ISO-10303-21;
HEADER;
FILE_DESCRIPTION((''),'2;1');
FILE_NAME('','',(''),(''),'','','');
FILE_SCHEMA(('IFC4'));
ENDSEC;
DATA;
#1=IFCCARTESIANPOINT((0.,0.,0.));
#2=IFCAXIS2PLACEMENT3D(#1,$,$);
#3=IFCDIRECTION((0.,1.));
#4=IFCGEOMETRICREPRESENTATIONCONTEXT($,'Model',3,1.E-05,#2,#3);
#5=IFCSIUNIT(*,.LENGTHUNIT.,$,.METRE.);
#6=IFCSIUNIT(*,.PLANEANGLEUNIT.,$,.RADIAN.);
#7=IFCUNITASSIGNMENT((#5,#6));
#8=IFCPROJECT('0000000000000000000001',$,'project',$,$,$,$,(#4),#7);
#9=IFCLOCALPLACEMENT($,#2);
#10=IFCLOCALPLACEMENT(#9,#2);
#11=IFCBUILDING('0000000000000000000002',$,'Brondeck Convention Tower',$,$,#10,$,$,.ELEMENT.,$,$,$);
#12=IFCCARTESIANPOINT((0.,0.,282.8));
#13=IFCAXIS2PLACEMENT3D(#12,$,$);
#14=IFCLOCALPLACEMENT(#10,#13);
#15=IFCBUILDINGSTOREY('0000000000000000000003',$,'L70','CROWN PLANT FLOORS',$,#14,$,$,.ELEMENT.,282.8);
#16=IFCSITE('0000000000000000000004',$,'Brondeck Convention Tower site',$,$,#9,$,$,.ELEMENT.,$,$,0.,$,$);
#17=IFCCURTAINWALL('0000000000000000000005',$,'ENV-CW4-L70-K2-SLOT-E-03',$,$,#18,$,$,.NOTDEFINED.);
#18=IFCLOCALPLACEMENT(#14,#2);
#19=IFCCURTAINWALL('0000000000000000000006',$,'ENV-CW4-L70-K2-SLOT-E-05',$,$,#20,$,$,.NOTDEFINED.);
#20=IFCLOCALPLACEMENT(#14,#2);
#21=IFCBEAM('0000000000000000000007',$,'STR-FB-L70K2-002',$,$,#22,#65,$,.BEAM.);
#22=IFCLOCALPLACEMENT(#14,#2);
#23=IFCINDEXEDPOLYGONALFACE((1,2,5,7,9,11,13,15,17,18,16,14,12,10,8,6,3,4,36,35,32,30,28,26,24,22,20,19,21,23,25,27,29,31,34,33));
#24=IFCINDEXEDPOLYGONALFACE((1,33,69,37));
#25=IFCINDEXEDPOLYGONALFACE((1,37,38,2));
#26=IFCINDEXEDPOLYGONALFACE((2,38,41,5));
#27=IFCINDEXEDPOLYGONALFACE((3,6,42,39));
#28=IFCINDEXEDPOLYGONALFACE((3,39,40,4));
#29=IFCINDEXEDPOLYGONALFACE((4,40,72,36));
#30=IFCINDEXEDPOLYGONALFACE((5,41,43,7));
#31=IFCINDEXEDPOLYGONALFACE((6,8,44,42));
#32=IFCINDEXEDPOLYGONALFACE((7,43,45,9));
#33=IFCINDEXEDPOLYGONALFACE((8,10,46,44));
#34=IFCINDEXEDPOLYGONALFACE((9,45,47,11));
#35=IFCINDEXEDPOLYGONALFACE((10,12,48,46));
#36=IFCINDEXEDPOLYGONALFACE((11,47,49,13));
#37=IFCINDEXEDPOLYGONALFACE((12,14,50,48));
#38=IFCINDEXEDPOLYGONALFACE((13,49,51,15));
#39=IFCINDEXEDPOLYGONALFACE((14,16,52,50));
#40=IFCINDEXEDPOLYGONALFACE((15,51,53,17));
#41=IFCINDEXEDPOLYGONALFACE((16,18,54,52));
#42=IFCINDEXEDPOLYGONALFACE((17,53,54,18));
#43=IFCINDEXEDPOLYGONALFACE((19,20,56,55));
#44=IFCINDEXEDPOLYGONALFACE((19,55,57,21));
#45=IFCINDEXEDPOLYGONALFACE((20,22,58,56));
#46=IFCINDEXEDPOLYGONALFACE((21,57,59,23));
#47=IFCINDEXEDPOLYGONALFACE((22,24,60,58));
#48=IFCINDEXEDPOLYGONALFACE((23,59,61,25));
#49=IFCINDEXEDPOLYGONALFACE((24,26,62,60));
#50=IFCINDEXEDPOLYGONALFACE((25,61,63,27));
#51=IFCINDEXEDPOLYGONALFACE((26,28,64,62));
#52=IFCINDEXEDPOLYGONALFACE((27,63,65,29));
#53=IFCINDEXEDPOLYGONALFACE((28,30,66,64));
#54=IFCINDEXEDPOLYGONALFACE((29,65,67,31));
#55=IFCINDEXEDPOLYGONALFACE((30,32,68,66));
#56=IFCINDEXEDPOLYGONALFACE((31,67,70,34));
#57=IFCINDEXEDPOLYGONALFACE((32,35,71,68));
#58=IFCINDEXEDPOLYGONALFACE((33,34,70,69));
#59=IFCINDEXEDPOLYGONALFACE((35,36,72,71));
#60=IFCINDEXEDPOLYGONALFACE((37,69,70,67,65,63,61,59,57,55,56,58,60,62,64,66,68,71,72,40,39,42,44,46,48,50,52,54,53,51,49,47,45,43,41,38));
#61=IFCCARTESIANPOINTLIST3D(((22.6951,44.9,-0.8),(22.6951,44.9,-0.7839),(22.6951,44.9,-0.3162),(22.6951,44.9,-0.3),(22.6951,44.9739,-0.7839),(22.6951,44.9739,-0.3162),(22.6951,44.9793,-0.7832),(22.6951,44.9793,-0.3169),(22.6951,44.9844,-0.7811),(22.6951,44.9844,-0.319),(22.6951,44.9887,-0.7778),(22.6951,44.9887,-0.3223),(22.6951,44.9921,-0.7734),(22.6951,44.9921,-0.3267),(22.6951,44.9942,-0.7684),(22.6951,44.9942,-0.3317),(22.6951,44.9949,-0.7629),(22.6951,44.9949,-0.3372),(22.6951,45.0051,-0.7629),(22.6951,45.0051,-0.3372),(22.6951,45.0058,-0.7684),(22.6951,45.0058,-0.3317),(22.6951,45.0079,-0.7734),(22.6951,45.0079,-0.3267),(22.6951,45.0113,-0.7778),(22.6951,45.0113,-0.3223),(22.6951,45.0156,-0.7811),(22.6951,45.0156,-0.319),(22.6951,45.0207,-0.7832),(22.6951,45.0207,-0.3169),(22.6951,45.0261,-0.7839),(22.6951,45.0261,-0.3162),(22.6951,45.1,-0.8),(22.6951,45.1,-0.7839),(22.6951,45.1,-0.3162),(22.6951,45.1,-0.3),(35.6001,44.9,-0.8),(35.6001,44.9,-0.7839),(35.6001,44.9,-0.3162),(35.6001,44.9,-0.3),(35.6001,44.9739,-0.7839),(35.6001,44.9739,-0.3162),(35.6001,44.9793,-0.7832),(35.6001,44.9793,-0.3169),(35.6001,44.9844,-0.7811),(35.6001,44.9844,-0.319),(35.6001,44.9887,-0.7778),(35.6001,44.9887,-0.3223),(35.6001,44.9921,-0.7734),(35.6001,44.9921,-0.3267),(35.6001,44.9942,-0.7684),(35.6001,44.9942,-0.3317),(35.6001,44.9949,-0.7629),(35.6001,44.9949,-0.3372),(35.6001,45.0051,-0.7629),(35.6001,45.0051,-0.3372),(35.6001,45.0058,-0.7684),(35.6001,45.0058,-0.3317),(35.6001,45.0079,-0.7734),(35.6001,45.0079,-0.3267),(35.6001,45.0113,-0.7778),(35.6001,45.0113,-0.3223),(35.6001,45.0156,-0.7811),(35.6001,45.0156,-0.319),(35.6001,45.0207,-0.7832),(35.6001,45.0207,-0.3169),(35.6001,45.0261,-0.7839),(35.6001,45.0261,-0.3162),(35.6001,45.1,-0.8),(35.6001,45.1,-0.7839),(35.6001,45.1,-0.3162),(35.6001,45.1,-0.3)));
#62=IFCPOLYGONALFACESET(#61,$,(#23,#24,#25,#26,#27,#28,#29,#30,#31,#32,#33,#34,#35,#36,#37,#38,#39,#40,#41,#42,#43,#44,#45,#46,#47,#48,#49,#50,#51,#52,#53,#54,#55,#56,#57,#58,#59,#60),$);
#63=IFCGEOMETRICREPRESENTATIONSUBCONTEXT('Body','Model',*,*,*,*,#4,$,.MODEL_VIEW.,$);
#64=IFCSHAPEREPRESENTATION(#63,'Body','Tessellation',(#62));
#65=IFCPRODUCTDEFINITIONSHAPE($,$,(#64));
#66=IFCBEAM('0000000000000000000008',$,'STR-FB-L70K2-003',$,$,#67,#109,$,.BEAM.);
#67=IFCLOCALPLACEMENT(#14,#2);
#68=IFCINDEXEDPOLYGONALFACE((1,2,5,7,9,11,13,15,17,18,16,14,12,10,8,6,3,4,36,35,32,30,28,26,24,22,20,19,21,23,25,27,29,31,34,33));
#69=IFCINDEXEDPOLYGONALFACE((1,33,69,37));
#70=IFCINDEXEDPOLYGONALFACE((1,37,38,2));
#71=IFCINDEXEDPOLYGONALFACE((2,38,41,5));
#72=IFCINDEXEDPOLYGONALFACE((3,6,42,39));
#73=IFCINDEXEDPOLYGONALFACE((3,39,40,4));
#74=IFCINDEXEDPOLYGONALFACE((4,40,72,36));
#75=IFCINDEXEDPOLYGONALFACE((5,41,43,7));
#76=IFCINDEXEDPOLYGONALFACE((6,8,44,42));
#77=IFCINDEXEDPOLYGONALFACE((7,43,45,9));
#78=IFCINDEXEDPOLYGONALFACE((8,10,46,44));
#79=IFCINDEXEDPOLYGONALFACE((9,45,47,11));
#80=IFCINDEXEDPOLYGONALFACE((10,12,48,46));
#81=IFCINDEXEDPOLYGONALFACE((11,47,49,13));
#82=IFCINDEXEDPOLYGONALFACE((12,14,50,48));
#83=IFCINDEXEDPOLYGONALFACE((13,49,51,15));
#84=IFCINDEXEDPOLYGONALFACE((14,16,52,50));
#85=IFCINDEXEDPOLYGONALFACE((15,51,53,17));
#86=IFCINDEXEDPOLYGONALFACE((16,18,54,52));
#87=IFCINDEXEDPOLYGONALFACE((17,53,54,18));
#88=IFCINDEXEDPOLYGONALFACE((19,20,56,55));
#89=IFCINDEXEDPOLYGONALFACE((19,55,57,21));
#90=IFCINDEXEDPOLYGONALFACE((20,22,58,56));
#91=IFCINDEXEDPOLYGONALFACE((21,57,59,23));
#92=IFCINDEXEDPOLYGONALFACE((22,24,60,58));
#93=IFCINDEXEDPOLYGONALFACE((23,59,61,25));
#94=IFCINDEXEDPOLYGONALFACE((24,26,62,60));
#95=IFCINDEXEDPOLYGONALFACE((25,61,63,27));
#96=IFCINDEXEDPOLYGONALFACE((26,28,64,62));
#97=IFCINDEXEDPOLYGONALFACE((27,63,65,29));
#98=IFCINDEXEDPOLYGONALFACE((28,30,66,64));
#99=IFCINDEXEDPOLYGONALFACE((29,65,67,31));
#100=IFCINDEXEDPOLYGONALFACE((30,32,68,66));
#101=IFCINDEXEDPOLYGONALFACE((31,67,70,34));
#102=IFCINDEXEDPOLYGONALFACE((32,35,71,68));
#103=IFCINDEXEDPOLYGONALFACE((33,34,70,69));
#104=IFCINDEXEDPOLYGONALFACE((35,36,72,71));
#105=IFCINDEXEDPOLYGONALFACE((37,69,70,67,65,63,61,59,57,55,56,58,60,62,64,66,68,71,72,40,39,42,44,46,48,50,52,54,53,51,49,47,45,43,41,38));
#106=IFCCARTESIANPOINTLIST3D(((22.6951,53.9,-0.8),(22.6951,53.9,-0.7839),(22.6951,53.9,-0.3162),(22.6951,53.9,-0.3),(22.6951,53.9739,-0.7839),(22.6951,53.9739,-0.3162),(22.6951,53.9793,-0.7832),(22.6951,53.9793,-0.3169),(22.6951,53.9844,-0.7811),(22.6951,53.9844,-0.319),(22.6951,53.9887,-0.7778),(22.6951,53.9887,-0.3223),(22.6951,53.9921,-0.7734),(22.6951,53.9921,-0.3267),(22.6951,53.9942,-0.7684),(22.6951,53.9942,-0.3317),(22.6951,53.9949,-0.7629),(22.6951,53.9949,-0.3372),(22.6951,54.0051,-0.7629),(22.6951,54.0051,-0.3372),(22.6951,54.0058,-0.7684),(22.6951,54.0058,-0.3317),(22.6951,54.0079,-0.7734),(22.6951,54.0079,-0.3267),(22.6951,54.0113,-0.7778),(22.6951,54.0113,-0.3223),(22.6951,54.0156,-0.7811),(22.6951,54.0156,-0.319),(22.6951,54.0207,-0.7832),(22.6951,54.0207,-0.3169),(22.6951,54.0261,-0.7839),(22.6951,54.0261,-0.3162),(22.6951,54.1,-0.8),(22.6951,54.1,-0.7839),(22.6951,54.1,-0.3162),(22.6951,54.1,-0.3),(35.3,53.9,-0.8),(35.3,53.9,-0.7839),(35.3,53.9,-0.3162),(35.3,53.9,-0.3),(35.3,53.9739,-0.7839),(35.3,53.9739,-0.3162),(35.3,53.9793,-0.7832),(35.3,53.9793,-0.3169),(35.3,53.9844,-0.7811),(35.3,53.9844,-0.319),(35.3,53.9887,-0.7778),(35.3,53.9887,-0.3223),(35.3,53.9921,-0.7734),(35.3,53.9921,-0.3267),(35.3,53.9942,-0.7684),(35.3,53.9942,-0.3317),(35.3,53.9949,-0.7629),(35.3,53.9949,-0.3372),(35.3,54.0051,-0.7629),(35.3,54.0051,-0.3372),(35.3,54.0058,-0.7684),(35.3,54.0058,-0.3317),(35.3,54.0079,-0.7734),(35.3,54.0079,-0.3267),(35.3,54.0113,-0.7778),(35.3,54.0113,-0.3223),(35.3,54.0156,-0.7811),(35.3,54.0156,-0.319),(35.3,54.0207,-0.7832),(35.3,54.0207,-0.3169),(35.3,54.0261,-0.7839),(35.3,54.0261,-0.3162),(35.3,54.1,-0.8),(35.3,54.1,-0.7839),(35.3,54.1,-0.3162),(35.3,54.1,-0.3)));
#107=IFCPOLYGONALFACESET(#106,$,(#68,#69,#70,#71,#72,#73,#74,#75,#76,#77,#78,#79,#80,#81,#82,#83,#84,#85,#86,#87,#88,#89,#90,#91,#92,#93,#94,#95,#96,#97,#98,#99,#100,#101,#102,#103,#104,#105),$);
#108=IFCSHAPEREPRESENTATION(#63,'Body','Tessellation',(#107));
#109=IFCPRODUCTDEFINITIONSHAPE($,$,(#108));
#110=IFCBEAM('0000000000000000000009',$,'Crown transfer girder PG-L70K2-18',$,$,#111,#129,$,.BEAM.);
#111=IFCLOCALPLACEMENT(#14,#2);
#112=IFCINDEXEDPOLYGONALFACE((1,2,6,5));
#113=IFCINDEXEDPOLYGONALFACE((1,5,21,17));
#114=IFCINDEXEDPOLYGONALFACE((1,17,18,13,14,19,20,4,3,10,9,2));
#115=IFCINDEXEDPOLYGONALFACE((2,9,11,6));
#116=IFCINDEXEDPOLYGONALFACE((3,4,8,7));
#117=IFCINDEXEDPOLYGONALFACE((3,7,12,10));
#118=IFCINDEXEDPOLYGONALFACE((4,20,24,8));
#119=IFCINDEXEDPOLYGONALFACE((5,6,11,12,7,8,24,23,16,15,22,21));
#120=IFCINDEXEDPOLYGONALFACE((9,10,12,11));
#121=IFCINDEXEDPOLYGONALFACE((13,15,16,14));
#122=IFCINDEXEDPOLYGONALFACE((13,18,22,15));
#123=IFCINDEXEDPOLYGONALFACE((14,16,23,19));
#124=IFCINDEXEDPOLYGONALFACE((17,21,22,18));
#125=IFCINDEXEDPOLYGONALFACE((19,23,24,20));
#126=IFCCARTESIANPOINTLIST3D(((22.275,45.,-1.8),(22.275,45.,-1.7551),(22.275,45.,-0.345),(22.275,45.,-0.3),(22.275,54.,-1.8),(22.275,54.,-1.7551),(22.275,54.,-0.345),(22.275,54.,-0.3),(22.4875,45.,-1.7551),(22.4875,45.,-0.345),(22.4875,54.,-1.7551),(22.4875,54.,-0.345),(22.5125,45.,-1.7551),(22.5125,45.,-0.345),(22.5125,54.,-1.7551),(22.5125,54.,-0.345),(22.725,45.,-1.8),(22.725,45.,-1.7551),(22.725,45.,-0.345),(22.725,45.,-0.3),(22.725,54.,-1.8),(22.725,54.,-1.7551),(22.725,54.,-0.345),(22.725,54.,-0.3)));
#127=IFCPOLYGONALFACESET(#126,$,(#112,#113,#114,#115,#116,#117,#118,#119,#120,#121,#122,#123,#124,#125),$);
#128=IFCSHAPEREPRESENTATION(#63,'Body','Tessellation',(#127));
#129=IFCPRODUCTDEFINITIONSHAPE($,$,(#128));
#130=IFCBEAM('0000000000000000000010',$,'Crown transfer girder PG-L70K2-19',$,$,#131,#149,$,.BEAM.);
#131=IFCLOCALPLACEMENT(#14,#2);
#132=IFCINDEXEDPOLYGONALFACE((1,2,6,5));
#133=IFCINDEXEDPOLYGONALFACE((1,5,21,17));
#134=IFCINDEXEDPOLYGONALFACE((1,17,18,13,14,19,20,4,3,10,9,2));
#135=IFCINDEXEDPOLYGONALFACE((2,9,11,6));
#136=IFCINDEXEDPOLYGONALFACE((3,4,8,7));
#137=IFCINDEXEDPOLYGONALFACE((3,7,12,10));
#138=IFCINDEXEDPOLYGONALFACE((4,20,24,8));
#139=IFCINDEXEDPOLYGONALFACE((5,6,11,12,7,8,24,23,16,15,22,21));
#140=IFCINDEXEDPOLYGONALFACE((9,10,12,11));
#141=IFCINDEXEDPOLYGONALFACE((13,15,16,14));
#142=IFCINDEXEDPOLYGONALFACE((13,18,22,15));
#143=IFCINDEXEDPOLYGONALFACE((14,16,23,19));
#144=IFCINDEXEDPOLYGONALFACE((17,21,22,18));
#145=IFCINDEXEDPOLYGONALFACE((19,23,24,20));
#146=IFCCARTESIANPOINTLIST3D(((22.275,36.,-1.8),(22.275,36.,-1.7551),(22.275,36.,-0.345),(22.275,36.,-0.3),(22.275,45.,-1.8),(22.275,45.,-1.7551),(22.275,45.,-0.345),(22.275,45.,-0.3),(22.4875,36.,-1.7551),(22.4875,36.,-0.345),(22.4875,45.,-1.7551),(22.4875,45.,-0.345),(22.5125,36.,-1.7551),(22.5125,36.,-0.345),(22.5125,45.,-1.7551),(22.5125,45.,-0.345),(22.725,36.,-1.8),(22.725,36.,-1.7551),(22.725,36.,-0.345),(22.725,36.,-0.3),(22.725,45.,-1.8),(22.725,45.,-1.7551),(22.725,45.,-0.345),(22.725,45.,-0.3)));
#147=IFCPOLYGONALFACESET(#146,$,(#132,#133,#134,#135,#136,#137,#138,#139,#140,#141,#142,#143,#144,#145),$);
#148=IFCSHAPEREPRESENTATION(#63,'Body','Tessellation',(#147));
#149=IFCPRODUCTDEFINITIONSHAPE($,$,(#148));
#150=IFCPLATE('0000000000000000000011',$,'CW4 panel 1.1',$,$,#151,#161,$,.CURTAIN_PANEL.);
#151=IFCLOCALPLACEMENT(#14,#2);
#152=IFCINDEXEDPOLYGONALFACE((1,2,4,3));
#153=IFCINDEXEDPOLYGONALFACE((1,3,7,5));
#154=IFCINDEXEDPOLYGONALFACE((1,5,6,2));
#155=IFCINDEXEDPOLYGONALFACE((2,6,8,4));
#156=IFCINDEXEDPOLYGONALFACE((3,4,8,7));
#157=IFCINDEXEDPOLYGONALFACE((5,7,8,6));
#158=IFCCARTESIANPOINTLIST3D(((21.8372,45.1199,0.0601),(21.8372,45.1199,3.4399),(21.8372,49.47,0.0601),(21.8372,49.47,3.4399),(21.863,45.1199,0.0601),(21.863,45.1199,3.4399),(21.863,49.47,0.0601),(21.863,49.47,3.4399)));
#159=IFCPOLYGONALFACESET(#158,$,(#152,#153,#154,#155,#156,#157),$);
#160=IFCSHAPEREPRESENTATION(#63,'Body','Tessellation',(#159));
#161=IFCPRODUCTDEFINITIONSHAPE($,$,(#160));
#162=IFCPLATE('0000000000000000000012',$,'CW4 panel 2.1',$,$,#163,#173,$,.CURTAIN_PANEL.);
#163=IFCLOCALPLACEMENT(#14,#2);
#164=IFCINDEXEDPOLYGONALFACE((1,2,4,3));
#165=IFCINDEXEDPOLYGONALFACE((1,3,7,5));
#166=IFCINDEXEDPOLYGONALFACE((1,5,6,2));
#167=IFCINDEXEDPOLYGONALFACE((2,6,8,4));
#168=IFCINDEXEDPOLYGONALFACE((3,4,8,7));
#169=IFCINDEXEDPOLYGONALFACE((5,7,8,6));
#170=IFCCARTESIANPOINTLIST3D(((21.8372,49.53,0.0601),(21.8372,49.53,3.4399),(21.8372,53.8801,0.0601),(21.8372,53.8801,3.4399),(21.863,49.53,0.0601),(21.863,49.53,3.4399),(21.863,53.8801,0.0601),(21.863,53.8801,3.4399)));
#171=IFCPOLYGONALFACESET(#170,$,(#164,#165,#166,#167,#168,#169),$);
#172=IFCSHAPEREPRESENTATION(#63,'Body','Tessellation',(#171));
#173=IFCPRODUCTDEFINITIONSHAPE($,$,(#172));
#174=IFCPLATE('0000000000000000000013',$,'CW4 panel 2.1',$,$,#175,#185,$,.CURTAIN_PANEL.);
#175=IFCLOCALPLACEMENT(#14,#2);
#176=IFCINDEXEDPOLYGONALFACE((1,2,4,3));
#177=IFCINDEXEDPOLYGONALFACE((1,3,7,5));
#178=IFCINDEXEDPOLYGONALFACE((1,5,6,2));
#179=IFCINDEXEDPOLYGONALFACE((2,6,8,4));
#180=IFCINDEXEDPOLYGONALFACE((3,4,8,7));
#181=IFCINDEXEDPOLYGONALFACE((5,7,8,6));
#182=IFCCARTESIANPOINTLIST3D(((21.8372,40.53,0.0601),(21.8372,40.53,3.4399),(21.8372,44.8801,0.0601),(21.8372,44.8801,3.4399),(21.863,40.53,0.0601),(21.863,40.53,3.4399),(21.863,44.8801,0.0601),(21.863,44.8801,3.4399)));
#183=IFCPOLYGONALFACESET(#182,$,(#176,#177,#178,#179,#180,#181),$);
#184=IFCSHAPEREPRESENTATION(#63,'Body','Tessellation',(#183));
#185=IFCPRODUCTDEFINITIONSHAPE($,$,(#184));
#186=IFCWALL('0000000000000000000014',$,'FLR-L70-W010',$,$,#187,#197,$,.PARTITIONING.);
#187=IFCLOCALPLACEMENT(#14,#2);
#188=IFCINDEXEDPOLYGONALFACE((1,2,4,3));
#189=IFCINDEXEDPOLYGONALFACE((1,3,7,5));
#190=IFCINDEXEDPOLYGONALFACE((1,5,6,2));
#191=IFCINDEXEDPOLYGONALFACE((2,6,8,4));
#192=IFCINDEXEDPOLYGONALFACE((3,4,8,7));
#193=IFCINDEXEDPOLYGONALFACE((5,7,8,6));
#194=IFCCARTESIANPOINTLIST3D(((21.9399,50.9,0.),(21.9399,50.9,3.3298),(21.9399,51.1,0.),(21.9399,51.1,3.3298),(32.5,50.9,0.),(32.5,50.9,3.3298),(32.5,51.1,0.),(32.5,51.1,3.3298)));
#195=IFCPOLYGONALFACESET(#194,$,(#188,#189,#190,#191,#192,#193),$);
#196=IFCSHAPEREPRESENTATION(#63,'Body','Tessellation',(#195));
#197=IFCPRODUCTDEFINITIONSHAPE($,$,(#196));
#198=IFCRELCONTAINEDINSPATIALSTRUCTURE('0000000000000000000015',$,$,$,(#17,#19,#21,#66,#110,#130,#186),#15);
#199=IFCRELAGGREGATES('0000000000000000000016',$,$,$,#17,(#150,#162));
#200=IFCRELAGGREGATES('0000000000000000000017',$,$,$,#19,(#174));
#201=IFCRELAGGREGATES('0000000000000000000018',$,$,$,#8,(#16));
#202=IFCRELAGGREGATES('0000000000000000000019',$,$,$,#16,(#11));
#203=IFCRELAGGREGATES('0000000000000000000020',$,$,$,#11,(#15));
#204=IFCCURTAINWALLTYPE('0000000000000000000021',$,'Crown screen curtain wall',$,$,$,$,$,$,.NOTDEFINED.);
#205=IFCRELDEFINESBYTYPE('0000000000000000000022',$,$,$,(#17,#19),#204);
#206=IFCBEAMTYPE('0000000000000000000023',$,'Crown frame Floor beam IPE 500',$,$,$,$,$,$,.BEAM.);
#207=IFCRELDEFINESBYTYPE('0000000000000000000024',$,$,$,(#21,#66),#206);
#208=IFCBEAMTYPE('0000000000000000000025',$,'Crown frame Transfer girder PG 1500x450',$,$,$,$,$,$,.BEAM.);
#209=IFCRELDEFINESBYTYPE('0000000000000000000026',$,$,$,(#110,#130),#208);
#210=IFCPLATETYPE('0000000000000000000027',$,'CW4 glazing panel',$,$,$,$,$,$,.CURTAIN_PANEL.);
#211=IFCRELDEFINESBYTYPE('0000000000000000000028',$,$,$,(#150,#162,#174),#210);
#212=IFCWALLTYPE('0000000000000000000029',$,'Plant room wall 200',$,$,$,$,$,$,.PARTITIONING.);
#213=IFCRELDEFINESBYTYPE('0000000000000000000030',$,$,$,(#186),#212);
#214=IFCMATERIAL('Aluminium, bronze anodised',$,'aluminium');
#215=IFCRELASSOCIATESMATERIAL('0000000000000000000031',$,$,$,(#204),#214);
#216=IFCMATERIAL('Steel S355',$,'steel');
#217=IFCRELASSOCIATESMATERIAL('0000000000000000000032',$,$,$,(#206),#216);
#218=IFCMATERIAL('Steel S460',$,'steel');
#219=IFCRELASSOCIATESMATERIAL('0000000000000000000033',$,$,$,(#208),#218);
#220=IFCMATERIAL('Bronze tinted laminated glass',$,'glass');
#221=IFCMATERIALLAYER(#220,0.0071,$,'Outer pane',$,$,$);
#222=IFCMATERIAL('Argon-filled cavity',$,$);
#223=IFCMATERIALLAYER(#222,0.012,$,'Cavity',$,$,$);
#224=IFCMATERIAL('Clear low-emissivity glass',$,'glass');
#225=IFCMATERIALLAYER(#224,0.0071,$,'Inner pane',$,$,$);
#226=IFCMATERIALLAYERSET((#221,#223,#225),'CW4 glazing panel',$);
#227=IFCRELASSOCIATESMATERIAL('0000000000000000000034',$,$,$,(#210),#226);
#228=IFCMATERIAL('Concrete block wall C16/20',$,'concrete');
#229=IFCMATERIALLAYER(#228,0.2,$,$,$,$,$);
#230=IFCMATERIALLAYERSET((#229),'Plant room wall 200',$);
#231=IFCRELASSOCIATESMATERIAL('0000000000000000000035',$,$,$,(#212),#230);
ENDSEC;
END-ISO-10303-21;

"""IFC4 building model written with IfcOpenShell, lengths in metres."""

from ifc_helpers import new_model, si_unit, direction, frame, frame_2d, origin, origin_2d, place, context, subcontext, project, spatial, rectangle, i_section, extrude, material, layer, layer_set, material_profile, profile_set, type_object, element, aggregate, save


model = new_model("IFC4")

# Units and contexts
model_context = context("Model", 3, precision=1e-05, world=origin(), true_north=direction((0.0, 1.0)))
body_context = subcontext(model_context, "Body", "Model", "MODEL_VIEW")
ifc_project = project(units=[si_unit("LENGTHUNIT", "METRE"), si_unit("PLANEANGLEUNIT", "RADIAN")], contexts=[model_context])

# Site, building, storey
site_placement = place(None, origin())
site = spatial("IfcSite", under=ifc_project, at=site_placement, Name="Brondeck Convention Tower site", CompositionType="ELEMENT", RefElevation=0.0)
building_placement = place(site_placement, origin())
building = spatial("IfcBuilding", under=site, at=building_placement, Name="Brondeck Convention Tower", CompositionType="ELEMENT")
storey_placement = place(building_placement, frame((0.0, 0.0, 282.8)))
storey = spatial("IfcBuildingStorey", under=building, at=storey_placement, Name="L70", Description="CROWN PLANT FLOORS", CompositionType="ELEMENT", Elevation=282.8)

# Shared definitions
ifc_material_1 = material(Name="Aluminium, bronze anodised", Category="aluminium")
curtain_wall_type = type_object("IfcCurtainWallType", Name="Crown screen curtain wall", PredefinedType="NOTDEFINED", material=ifc_material_1)

# Curtain wall
curtain_wall_1_placement = place(storey_placement, origin())
curtain_wall_1 = element("IfcCurtainWall", 1, at=curtain_wall_1_placement, inside=storey, type_object=curtain_wall_type, Name="ENV-CW4-L70-K2-SLOT-E-03", PredefinedType="NOTDEFINED")

# Curtain wall
curtain_wall_2_placement = place(storey_placement, origin())
curtain_wall_2 = element("IfcCurtainWall", 2, at=curtain_wall_2_placement, inside=storey, type_object=curtain_wall_type, Name="ENV-CW4-L70-K2-SLOT-E-05", PredefinedType="NOTDEFINED")

# Beams
ifc_material_2 = material(Name="Steel S355", Category="steel")
ifc_material_profile_1 = material_profile(ifc_material_2, i_section(OverallWidth=0.2, OverallDepth=0.5, WebThickness=0.0103, FlangeThickness=0.0161, FilletRadius=0.021, at=origin_2d()), Name="IPE 500")
ifc_profile_set_1 = profile_set([ifc_material_profile_1], Name="Steel S355")
beam_type_1 = type_object("IfcBeamType", Name="Crown frame Floor beam IPE 500", PredefinedType="BEAM", material=ifc_profile_set_1)
beam_1_placement = place(storey_placement, frame((22.6951, 45.0, -0.55), z_axis=(1.0, 0.0, 0.0), x_axis=(0.0, 1.0, 0.0)))
element("IfcBeam", 3, at=beam_1_placement, inside=storey, type_object=beam_type_1, Name="STR-FB-L70K2-002", PredefinedType="BEAM", context=body_context, shape_type="SweptSolid", body=[
    extrude(i_section(OverallWidth=0.2, OverallDepth=0.5, WebThickness=0.0103, FlangeThickness=0.0161, FilletRadius=0.021, at=origin_2d()), origin(), (0.0, 0.0, 1.0), 12.905),
])
beam_2_placement = place(storey_placement, frame((22.6951, 54.0, -0.55), z_axis=(1.0, 0.0, 0.0), x_axis=(0.0, 1.0, 0.0)))
element("IfcBeam", 4, at=beam_2_placement, inside=storey, type_object=beam_type_1, Name="STR-FB-L70K2-003", PredefinedType="BEAM", context=body_context, shape_type="SweptSolid", body=[
    extrude(i_section(OverallWidth=0.2, OverallDepth=0.5, WebThickness=0.0103, FlangeThickness=0.0161, FilletRadius=0.021, at=origin_2d()), origin(), (0.0, 0.0, 1.0), 12.605),
])
ifc_material_3 = material(Name="Steel S460", Category="steel")
ifc_material_profile_2 = material_profile(ifc_material_3, i_section(OverallWidth=0.45, OverallDepth=1.5, WebThickness=0.0249, FlangeThickness=0.0449, at=origin_2d()), Name="PG 1500x450")
ifc_profile_set_2 = profile_set([ifc_material_profile_2], Name="Steel S460")
beam_type_2 = type_object("IfcBeamType", Name="Crown frame Transfer girder PG 1500x450", PredefinedType="BEAM", material=ifc_profile_set_2)
for number, where, z_axis, x_axis, name in (
    (5, (22.5, 54.0, -1.05), (0.0, -1.0, 0.0), (1.0, 0.0, 0.0), "Crown transfer girder PG-L70K2-18"),
    (6, (22.5, 45.0, -1.05), (0.0, -1.0, 0.0), (1.0, 0.0, 0.0), "Crown transfer girder PG-L70K2-19"),
):
    element("IfcBeam", number, at=place(storey_placement, frame(where, z_axis=z_axis, x_axis=x_axis)), inside=storey, type_object=beam_type_2, Name=name, PredefinedType="BEAM", context=body_context, shape_type="SweptSolid", body=[
        extrude(i_section(OverallWidth=0.45, OverallDepth=1.5, WebThickness=0.0249, FlangeThickness=0.0449, at=origin_2d()), origin(), (0.0, 0.0, 1.0), 9.0),
    ])

# Plates
ifc_material_4 = material(Name="Bronze tinted laminated glass", Category="glass")
ifc_layer_1 = layer(ifc_material_4, 0.0071, Name="Outer pane")
ifc_material_5 = material(Name="Argon-filled cavity")
ifc_layer_2 = layer(ifc_material_5, 0.012, Name="Cavity")
ifc_material_6 = material(Name="Clear low-emissivity glass", Category="glass")
ifc_layer_3 = layer(ifc_material_6, 0.0071, Name="Inner pane")
ifc_layer_set_1 = layer_set([ifc_layer_1, ifc_layer_2, ifc_layer_3], Name="CW4 glazing panel")
plate_type = type_object("IfcPlateType", Name="CW4 glazing panel", PredefinedType="CURTAIN_PANEL", material=ifc_layer_set_1)
plate_1_placement = place(storey_placement, frame((21.8501, 47.2949, 0.0601), z_axis=(0.0, 0.0, 1.0), x_axis=(0.0, 1.0, 0.0)))
plate_1 = element("IfcPlate", 7, at=plate_1_placement, type_object=plate_type, Name="CW4 panel 1.1", PredefinedType="CURTAIN_PANEL", context=body_context, shape_type="SweptSolid", body=[
    extrude(rectangle(XDim=4.3501, YDim=0.0259, at=origin_2d()), origin(), (0.0, 0.0, 1.0), 3.3799),
])
plate_2_placement = place(storey_placement, frame((21.8501, 51.7051, 0.0601), z_axis=(0.0, 0.0, 1.0), x_axis=(0.0, 1.0, 0.0)))
plate_2 = element("IfcPlate", 8, at=plate_2_placement, type_object=plate_type, Name="CW4 panel 2.1", PredefinedType="CURTAIN_PANEL", context=body_context, shape_type="SweptSolid", body=[
    extrude(rectangle(XDim=4.3501, YDim=0.0259, at=origin_2d()), origin(), (0.0, 0.0, 1.0), 3.3799),
])
aggregate(curtain_wall_1, [plate_1, plate_2])
plate_3_placement = place(storey_placement, frame((21.8501, 42.7051, 0.0601), z_axis=(0.0, 0.0, 1.0), x_axis=(0.0, 1.0, 0.0)))
plate_3 = element("IfcPlate", 9, at=plate_3_placement, type_object=plate_type, Name="CW4 panel 2.1", PredefinedType="CURTAIN_PANEL", context=body_context, shape_type="SweptSolid", body=[
    extrude(rectangle(XDim=4.3501, YDim=0.0259, at=origin_2d()), origin(), (0.0, 0.0, 1.0), 3.3799),
])
aggregate(curtain_wall_2, [plate_3])

# Wall
ifc_material_7 = material(Name="Concrete block wall C16/20", Category="concrete")
ifc_layer_4 = layer(ifc_material_7, 0.2)
ifc_layer_set_2 = layer_set([ifc_layer_4], Name="Plant room wall 200")
wall_type_1 = type_object("IfcWallType", Name="Plant room wall 200", PredefinedType="PARTITIONING", material=ifc_layer_set_2)
wall_1_placement = place(storey_placement, frame((21.9399, 51.0, 0.0), z_axis=(0.0, 0.0, 1.0), x_axis=(1.0, 0.0, 0.0)))
element("IfcWall", 10, at=wall_1_placement, inside=storey, type_object=wall_type_1, Name="FLR-L70-W010", PredefinedType="PARTITIONING", context=body_context, shape_type="SweptSolid", body=[
    extrude(rectangle(XDim=10.5601, YDim=0.2, at=frame_2d((5.28, 0.0))), origin(), (0.0, 0.0, 1.0), 3.3298),
])

save(model, "model.ifc")
